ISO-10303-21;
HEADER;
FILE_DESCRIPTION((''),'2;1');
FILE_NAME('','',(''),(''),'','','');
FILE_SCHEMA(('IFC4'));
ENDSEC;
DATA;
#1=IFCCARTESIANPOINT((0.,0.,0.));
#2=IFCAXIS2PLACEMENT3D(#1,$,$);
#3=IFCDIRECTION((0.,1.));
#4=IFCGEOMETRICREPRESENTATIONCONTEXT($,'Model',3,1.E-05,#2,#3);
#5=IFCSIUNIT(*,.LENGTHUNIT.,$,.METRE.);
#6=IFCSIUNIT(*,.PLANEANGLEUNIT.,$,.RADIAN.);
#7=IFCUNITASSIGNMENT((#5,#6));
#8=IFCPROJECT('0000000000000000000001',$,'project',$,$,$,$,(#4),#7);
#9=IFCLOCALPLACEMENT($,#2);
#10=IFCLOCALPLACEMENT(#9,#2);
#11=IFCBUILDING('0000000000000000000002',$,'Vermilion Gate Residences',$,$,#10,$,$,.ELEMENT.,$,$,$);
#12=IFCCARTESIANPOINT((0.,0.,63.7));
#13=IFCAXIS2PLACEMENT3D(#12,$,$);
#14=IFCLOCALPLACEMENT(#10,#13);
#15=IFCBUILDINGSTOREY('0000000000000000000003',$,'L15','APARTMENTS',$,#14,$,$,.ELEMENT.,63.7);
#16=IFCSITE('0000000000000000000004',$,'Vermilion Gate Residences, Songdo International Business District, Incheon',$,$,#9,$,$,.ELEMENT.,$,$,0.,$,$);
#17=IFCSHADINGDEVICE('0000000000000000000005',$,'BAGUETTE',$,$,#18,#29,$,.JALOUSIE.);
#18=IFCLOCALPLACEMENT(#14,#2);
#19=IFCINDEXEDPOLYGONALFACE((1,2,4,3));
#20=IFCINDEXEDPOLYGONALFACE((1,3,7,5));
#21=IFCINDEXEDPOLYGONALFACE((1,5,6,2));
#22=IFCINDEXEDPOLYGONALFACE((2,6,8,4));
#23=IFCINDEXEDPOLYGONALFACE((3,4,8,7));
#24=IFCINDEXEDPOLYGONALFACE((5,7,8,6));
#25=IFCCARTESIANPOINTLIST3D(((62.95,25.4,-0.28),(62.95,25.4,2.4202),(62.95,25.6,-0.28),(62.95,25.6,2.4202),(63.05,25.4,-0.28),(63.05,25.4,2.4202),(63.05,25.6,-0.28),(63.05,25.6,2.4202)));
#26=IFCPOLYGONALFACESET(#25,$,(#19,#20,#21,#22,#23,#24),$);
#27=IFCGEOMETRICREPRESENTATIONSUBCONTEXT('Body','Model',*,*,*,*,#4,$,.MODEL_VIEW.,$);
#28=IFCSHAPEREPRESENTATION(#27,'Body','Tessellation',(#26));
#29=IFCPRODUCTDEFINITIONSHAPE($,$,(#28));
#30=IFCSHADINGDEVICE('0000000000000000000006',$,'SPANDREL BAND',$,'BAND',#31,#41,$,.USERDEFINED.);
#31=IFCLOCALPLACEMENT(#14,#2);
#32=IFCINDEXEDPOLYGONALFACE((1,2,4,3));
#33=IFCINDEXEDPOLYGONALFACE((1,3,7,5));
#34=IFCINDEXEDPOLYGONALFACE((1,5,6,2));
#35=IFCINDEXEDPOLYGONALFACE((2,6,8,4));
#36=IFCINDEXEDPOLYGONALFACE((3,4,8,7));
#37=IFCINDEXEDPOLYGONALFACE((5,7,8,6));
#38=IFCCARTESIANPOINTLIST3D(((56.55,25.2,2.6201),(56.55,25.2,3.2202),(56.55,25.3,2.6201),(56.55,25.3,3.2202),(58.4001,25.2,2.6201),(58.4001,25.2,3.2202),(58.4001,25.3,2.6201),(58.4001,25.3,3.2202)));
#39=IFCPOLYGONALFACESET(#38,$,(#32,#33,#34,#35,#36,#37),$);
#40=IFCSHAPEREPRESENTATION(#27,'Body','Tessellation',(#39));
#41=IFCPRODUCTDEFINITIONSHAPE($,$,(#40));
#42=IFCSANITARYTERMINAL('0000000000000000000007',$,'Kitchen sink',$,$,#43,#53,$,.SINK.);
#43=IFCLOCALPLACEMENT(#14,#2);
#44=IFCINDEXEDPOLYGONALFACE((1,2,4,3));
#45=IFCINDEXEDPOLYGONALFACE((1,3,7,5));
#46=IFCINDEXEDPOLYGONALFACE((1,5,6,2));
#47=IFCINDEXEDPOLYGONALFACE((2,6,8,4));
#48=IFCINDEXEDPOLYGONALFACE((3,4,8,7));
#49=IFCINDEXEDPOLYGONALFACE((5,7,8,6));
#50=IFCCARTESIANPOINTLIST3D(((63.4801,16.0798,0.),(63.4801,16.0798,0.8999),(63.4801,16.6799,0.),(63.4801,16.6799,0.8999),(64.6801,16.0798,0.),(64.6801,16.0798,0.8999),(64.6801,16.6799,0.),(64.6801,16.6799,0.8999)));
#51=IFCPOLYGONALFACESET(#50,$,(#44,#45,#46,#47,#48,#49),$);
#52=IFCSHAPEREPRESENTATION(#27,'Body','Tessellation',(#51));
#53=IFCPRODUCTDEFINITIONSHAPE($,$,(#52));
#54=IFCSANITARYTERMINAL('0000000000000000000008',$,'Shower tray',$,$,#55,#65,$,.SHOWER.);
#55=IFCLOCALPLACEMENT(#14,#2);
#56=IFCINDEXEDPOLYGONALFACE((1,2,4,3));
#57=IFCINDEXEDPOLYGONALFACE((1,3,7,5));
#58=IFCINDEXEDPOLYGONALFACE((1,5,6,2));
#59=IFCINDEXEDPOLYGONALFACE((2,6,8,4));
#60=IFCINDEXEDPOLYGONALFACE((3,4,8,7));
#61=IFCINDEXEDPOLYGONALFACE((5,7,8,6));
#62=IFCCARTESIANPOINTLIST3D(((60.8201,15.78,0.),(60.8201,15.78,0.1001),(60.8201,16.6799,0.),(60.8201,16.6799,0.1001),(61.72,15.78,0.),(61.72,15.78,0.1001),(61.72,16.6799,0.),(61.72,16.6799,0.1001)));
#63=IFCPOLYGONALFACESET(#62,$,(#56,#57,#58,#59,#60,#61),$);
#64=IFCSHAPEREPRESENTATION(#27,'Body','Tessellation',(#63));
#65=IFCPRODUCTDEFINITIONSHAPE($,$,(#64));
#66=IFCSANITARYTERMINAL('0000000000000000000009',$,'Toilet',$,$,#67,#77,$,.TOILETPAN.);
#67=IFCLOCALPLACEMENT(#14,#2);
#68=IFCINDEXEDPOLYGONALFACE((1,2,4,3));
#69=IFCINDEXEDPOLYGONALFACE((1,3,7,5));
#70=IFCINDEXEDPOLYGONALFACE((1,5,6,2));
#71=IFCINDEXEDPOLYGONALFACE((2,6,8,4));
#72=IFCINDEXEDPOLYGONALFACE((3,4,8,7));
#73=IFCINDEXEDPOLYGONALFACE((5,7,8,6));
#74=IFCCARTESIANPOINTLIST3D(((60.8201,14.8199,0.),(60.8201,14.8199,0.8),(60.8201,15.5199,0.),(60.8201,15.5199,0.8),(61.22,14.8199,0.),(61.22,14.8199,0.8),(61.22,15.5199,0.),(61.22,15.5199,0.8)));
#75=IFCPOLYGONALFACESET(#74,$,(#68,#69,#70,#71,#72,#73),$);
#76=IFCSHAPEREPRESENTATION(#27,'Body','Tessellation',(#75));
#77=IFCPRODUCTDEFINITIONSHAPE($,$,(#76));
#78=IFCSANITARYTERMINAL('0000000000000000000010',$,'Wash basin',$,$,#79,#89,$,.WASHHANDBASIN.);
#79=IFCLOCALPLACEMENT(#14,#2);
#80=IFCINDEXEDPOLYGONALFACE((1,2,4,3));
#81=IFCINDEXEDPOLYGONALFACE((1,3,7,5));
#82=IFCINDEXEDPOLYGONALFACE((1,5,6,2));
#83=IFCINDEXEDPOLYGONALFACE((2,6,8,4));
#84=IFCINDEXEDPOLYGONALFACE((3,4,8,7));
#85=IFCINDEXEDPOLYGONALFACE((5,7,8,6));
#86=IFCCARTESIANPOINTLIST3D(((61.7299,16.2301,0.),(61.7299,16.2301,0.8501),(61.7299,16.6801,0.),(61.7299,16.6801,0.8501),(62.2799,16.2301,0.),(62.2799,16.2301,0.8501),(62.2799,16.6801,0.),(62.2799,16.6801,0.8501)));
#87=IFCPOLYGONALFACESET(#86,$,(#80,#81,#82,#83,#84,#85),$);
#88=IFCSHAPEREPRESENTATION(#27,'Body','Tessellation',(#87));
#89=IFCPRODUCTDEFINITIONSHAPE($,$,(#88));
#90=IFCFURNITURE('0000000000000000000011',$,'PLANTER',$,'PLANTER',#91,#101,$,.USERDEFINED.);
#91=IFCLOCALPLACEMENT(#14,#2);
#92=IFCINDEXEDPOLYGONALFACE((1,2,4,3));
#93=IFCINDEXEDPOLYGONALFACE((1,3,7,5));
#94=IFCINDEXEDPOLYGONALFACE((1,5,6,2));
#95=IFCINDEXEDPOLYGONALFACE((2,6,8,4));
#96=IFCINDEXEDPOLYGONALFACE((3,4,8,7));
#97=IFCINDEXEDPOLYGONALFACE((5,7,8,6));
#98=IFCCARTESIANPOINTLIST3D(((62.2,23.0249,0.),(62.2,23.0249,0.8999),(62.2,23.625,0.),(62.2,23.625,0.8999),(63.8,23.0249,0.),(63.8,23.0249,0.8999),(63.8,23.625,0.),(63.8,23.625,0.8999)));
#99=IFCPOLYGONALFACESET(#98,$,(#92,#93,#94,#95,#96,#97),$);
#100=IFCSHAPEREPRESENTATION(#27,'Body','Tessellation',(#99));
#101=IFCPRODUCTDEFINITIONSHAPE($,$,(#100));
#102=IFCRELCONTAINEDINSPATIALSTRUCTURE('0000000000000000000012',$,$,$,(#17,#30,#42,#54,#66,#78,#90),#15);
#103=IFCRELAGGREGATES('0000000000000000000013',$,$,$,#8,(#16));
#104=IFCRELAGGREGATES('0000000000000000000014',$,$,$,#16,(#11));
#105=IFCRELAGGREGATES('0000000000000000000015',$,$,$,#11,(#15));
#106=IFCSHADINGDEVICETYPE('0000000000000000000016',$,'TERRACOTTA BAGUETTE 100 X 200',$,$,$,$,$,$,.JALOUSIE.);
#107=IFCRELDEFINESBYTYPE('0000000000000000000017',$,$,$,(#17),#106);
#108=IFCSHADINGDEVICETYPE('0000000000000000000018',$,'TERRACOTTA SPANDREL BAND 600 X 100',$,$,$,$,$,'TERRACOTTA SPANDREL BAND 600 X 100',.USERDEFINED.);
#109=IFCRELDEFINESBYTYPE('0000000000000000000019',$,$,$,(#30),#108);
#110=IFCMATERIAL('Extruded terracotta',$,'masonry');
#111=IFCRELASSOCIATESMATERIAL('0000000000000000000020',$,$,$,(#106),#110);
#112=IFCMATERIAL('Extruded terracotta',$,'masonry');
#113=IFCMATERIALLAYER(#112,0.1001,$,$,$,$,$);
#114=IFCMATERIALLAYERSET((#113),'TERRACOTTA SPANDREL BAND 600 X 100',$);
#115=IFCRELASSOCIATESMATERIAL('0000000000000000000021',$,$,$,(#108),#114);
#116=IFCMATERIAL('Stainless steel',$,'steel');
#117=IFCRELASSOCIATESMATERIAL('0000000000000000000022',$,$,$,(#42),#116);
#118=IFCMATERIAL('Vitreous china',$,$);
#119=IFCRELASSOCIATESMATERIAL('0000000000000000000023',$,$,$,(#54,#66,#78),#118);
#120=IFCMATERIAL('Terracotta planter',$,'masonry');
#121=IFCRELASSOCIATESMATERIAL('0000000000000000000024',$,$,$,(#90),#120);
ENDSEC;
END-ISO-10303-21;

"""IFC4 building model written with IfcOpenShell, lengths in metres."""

from ifc_helpers import new_model, si_unit, direction, frame, origin, origin_2d, place, context, subcontext, project, spatial, rectangle, extrude, material, layer, layer_set, material_profile, profile_set, type_object, element, save


model = new_model("IFC4")

# Units and contexts
model_context = context("Model", 3, precision=1e-05, world=origin(), true_north=direction((0.0, 1.0)))
body_context = subcontext(model_context, "Body", "Model", "MODEL_VIEW")
ifc_project = project(units=[si_unit("LENGTHUNIT", "METRE"), si_unit("PLANEANGLEUNIT", "RADIAN")], contexts=[model_context])

# Site, building, storey
site_placement = place(None, origin())
site = spatial("IfcSite", under=ifc_project, at=site_placement, Name="Vermilion Gate Residences, Songdo International Business District, Incheon", CompositionType="ELEMENT", RefElevation=0.0)
building_placement = place(site_placement, origin())
building = spatial("IfcBuilding", under=site, at=building_placement, Name="Vermilion Gate Residences", CompositionType="ELEMENT")
storey_placement = place(building_placement, frame((0.0, 0.0, 63.7)))
storey = spatial("IfcBuildingStorey", under=building, at=storey_placement, Name="L15", Description="APARTMENTS", CompositionType="ELEMENT", Elevation=63.7)

# Shading devices
ifc_material_1 = material(Name="Extruded terracotta", Category="masonry")
ifc_material_profile_1 = material_profile(ifc_material_1, rectangle(XDim=0.2, YDim=0.1001, at=origin_2d()), Name="BAGUETTE 100 X 200")
ifc_profile_set_1 = profile_set([ifc_material_profile_1], Name="Extruded terracotta")
shading_device_type_1 = type_object("IfcShadingDeviceType", Name="TERRACOTTA BAGUETTE 100 X 200", PredefinedType="JALOUSIE", material=ifc_profile_set_1)
for number, where, z_axis, x_axis, name in (
    (1, (63.0, 25.5, -0.28), (0.0, 0.0, 1.0), (0.0, -1.0, 0.0), "BAGUETTE"),
):
    element("IfcShadingDevice", number, at=place(storey_placement, frame(where, z_axis=z_axis, x_axis=x_axis)), inside=storey, type_object=shading_device_type_1, Name=name, PredefinedType="JALOUSIE", context=body_context, shape_type="SweptSolid", body=[
        extrude(rectangle(XDim=0.2, YDim=0.1001, at=origin_2d()), origin(), (0.0, 0.0, 1.0), 2.7002),
    ])
ifc_material_2 = material(Name="Extruded terracotta", Category="masonry")
ifc_layer_1 = layer(ifc_material_2, 0.1001)
ifc_layer_set_1 = layer_set([ifc_layer_1], Name="TERRACOTTA SPANDREL BAND 600 X 100")
shading_device_type_2 = type_object("IfcShadingDeviceType", Name="TERRACOTTA SPANDREL BAND 600 X 100", ElementType="TERRACOTTA SPANDREL BAND 600 X 100", PredefinedType="USERDEFINED", material=ifc_layer_set_1)
shading_device_1_placement = place(storey_placement, frame((57.4751, 25.25, 2.6201), z_axis=(0.0, 0.0, 1.0), x_axis=(1.0, 0.0, 0.0)))
element("IfcShadingDevice", 2, at=shading_device_1_placement, inside=storey, type_object=shading_device_type_2, Name="SPANDREL BAND", ObjectType="BAND", PredefinedType="USERDEFINED", context=body_context, shape_type="SweptSolid", body=[
    extrude(rectangle(XDim=1.8501, YDim=0.1001, at=origin_2d()), origin(), (0.0, 0.0, 1.0), 0.6001),
])

# Sanitary terminals
ifc_material_3 = material(Name="Stainless steel", Category="steel")
sanitary_terminal_1_placement = place(storey_placement, frame((64.0801, 16.3799, 0.0), z_axis=(0.0, 0.0, 1.0), x_axis=(1.0, 0.0, 0.0)))
element("IfcSanitaryTerminal", 3, at=sanitary_terminal_1_placement, inside=storey, material=ifc_material_3, Name="Kitchen sink", PredefinedType="SINK", context=body_context, shape_type="SweptSolid", body=[
    extrude(rectangle(XDim=1.2, YDim=0.6001, at=origin_2d()), origin(), (0.0, 0.0, 1.0), 0.8999),
])
ifc_material_4 = material(Name="Vitreous china")
sanitary_terminal_2_placement = place(storey_placement, frame((61.27, 16.23, 0.0), z_axis=(0.0, 0.0, 1.0), x_axis=(1.0, 0.0, 0.0)))
element("IfcSanitaryTerminal", 4, at=sanitary_terminal_2_placement, inside=storey, material=ifc_material_4, Name="Shower tray", PredefinedType="SHOWER", context=body_context, shape_type="SweptSolid", body=[
    extrude(rectangle(XDim=0.8999, YDim=0.8999, at=origin_2d()), origin(), (0.0, 0.0, 1.0), 0.1001),
])
sanitary_terminal_3_placement = place(storey_placement, frame((61.02, 15.1699, 0.0), z_axis=(0.0, 0.0, 1.0), x_axis=(1.0, 0.0, 0.0)))
element("IfcSanitaryTerminal", 5, at=sanitary_terminal_3_placement, inside=storey, material=ifc_material_4, Name="Toilet", PredefinedType="TOILETPAN", context=body_context, shape_type="SweptSolid", body=[
    extrude(rectangle(XDim=0.3999, YDim=0.7, at=origin_2d()), origin(), (0.0, 0.0, 1.0), 0.8),
])
sanitary_terminal_4_placement = place(storey_placement, frame((62.0049, 16.4551, 0.0), z_axis=(0.0, 0.0, 1.0), x_axis=(1.0, 0.0, 0.0)))
element("IfcSanitaryTerminal", 6, at=sanitary_terminal_4_placement, inside=storey, material=ifc_material_4, Name="Wash basin", PredefinedType="WASHHANDBASIN", context=body_context, shape_type="SweptSolid", body=[
    extrude(rectangle(XDim=0.55, YDim=0.45, at=origin_2d()), origin(), (0.0, 0.0, 1.0), 0.8501),
])

# Furniture
ifc_material_5 = material(Name="Terracotta planter", Category="masonry")
furniture_placement = place(storey_placement, frame((63.0, 23.325, 0.0), z_axis=(0.0, 0.0, 1.0), x_axis=(-1.0, 0.0, 0.0)))
element("IfcFurniture", 7, at=furniture_placement, inside=storey, material=ifc_material_5, Name="PLANTER", ObjectType="PLANTER", PredefinedType="USERDEFINED", context=body_context, shape_type="SweptSolid", body=[
    extrude(rectangle(XDim=1.6001, YDim=0.6001, at=origin_2d()), origin(), (0.0, 0.0, 1.0), 0.8999),
])

save(model, "model.ifc")
